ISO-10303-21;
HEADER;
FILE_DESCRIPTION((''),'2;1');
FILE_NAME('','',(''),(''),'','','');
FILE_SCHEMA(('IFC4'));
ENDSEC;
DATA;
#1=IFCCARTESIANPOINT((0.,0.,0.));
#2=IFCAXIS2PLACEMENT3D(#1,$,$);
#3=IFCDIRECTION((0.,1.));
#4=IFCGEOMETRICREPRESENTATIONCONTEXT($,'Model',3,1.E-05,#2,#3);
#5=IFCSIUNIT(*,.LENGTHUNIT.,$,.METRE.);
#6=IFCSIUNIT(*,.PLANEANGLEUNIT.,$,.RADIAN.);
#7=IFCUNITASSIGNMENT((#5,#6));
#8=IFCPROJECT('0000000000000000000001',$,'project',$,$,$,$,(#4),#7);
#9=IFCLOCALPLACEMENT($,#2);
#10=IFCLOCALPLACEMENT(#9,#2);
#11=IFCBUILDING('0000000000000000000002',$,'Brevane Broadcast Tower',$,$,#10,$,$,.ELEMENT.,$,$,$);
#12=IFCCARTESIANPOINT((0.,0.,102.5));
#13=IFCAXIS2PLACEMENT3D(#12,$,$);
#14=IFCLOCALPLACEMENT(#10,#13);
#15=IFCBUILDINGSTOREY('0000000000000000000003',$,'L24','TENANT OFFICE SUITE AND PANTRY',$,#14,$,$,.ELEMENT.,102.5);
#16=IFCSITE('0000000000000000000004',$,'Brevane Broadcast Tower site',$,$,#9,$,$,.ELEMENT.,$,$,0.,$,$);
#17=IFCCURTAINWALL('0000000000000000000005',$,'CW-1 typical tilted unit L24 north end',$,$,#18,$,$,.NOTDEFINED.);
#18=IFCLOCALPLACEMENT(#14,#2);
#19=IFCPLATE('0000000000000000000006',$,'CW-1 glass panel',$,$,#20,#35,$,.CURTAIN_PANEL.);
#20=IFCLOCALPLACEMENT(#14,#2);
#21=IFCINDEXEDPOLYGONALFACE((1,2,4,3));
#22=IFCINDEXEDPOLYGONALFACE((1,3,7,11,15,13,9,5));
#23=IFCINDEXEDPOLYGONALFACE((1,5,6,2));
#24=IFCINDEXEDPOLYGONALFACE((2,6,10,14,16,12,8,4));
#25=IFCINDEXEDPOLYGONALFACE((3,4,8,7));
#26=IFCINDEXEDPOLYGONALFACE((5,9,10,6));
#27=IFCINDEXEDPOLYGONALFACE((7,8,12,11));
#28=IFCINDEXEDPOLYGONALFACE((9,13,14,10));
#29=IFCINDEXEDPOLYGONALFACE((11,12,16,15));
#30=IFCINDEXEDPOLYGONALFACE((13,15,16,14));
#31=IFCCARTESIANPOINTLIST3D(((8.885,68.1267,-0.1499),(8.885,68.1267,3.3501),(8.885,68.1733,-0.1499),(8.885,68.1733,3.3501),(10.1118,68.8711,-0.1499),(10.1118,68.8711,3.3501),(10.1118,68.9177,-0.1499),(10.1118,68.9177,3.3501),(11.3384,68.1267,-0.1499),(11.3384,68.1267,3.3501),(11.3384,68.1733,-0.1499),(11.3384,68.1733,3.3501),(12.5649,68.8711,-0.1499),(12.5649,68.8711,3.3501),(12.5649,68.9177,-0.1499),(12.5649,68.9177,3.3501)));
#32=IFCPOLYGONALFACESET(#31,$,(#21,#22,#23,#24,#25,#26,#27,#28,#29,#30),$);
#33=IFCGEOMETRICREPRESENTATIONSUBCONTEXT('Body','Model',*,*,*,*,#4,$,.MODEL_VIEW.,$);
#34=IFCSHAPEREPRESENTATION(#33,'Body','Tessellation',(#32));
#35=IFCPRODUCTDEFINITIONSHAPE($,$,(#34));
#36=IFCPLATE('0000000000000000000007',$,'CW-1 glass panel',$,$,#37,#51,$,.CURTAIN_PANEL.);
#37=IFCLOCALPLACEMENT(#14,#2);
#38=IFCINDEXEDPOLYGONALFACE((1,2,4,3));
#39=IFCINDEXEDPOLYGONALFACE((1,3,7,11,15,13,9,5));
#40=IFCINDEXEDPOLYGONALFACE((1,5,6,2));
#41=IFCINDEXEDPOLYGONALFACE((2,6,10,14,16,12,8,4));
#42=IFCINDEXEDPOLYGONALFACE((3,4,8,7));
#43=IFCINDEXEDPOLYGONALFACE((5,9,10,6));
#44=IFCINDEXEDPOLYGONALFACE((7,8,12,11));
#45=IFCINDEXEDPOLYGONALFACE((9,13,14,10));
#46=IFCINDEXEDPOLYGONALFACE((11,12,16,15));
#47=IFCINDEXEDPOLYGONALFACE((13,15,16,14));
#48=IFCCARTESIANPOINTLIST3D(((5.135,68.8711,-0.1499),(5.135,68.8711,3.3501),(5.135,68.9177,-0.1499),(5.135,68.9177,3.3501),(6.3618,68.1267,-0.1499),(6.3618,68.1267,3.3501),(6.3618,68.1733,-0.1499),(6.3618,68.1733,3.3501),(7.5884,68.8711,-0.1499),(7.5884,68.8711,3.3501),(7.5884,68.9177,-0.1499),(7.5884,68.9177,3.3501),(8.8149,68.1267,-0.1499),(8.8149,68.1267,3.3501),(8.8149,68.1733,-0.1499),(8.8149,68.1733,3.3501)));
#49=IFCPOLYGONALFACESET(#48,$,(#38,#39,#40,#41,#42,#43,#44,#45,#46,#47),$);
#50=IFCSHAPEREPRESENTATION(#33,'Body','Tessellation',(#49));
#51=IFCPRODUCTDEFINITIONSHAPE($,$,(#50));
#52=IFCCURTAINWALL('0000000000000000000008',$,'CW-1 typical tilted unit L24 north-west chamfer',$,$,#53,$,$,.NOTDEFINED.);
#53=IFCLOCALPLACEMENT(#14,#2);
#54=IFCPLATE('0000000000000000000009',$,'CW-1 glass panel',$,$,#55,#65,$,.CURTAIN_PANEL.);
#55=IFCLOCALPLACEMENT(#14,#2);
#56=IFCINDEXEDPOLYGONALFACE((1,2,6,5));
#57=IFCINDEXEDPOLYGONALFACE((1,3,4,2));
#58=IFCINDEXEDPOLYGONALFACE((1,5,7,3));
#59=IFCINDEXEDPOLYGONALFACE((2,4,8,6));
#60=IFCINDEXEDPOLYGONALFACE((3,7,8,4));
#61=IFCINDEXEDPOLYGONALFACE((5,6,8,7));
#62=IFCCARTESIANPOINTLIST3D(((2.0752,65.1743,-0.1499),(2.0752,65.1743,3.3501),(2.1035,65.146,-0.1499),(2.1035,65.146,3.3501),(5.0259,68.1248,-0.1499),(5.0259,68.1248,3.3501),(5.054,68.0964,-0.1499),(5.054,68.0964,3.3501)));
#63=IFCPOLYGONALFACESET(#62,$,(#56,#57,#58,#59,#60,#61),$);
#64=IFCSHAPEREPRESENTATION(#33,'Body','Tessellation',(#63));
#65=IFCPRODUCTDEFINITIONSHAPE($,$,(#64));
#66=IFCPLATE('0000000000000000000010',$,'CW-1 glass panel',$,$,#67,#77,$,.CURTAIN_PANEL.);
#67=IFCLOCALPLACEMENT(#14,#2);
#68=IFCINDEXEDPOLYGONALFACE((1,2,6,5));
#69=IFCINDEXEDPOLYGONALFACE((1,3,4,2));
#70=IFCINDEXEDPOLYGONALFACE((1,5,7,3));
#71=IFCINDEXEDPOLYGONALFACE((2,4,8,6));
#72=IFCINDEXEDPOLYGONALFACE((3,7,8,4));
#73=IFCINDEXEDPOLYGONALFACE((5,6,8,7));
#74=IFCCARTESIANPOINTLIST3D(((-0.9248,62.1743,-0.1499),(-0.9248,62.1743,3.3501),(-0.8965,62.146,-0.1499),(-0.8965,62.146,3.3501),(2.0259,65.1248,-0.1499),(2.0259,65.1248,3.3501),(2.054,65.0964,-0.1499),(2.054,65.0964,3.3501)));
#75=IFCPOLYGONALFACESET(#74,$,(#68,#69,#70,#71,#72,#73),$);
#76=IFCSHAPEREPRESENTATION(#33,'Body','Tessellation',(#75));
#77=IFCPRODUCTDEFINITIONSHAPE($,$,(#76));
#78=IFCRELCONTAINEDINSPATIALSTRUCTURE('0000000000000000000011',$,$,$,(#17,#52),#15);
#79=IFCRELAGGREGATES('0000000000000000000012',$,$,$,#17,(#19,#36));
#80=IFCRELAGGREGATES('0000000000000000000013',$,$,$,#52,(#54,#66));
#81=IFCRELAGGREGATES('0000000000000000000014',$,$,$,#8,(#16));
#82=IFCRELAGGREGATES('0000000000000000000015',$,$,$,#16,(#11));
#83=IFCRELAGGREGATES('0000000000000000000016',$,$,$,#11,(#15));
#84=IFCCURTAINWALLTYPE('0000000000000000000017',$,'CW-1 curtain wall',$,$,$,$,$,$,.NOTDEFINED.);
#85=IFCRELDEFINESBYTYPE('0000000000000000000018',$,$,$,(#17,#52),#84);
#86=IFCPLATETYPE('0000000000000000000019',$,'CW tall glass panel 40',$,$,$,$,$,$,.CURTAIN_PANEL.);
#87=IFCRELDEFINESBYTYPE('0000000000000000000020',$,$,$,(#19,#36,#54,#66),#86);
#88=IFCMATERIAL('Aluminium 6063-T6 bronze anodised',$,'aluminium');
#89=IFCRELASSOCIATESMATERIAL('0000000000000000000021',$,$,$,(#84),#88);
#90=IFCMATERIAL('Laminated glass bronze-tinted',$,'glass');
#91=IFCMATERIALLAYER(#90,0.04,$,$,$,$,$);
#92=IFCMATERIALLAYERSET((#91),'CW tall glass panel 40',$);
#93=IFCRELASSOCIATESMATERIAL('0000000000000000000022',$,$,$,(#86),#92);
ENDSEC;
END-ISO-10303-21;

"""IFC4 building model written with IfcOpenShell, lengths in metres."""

from ifc_helpers import new_model, si_unit, direction, frame, origin, place, context, subcontext, project, spatial, polyline, outline, extrude, material, layer, layer_set, type_object, element, aggregate, save


model = new_model("IFC4")

# Units and contexts
model_context = context("Model", 3, precision=1e-05, world=origin(), true_north=direction((0.0, 1.0)))
body_context = subcontext(model_context, "Body", "Model", "MODEL_VIEW")
ifc_project = project(units=[si_unit("LENGTHUNIT", "METRE"), si_unit("PLANEANGLEUNIT", "RADIAN")], contexts=[model_context])

# Site, building, storey
site_placement = place(None, origin())
site = spatial("IfcSite", under=ifc_project, at=site_placement, Name="Brevane Broadcast Tower site", CompositionType="ELEMENT", RefElevation=0.0)
building_placement = place(site_placement, origin())
building = spatial("IfcBuilding", under=site, at=building_placement, Name="Brevane Broadcast Tower", CompositionType="ELEMENT")
storey_placement = place(building_placement, frame((0.0, 0.0, 102.5)))
storey = spatial("IfcBuildingStorey", under=building, at=storey_placement, Name="L24", Description="TENANT OFFICE SUITE AND PANTRY", CompositionType="ELEMENT", Elevation=102.5)

# Shared definitions
ifc_material_1 = material(Name="Aluminium 6063-T6 bronze anodised", Category="aluminium")
curtain_wall_type = type_object("IfcCurtainWallType", Name="CW-1 curtain wall", PredefinedType="NOTDEFINED", material=ifc_material_1)

# Curtain walls, plates
ifc_material_2 = material(Name="Laminated glass bronze-tinted", Category="glass")
ifc_layer = layer(ifc_material_2, 0.04)
ifc_layer_set = layer_set([ifc_layer], Name="CW tall glass panel 40")
plate_type = type_object("IfcPlateType", Name="CW tall glass panel 40", PredefinedType="CURTAIN_PANEL", material=ifc_layer_set)
curtain_wall_1_placement = place(storey_placement, origin())
curtain_wall_1 = element("IfcCurtainWall", 1, at=curtain_wall_1_placement, inside=storey, type_object=curtain_wall_type, Name="CW-1 typical tilted unit L24 north end", PredefinedType="NOTDEFINED")
plate_1_placement = place(storey_placement, frame((0.0, 0.0, -0.1499)))
plate_1 = element("IfcPlate", 2, at=plate_1_placement, type_object=plate_type, Name="CW-1 glass panel", PredefinedType="CURTAIN_PANEL", context=body_context, shape_type="SweptSolid", body=[
    extrude(outline(polyline([(12.5649, 68.8711), (12.5649, 68.9177), (11.3384, 68.1733), (10.1118, 68.9177), (8.885, 68.1733), (8.885, 68.1267), (10.1118, 68.8711), (11.3384, 68.1267), (12.5649, 68.8711)])), origin(), (0.0, 0.0, 1.0), 3.5),
])
plate_2_placement = place(storey_placement, frame((0.0, 0.0, -0.1499)))
plate_2 = element("IfcPlate", 3, at=plate_2_placement, type_object=plate_type, Name="CW-1 glass panel", PredefinedType="CURTAIN_PANEL", context=body_context, shape_type="SweptSolid", body=[
    extrude(outline(polyline([(8.8149, 68.1267), (8.8149, 68.1733), (7.5884, 68.9177), (6.3618, 68.1733), (5.135, 68.9177), (5.135, 68.8711), (6.3618, 68.1267), (7.5884, 68.8711), (8.8149, 68.1267)])), origin(), (0.0, 0.0, 1.0), 3.5),
])
aggregate(curtain_wall_1, [plate_1, plate_2])
curtain_wall_2_placement = place(storey_placement, origin())
curtain_wall_2 = element("IfcCurtainWall", 4, at=curtain_wall_2_placement, inside=storey, type_object=curtain_wall_type, Name="CW-1 typical tilted unit L24 north-west chamfer", PredefinedType="NOTDEFINED")
plate_3_placement = place(storey_placement, frame((0.0, 0.0, -0.1499)))
plate_3 = element("IfcPlate", 5, at=plate_3_placement, type_object=plate_type, Name="CW-1 glass panel", PredefinedType="CURTAIN_PANEL", context=body_context, shape_type="SweptSolid", body=[
    extrude(outline(polyline([(5.054, 68.0964), (2.1035, 65.146), (2.0752, 65.1743), (5.0259, 68.1248), (5.054, 68.0964)])), origin(), (0.0, 0.0, 1.0), 3.5),
])
plate_4_placement = place(storey_placement, frame((0.0, 0.0, -0.1499)))
plate_4 = element("IfcPlate", 6, at=plate_4_placement, type_object=plate_type, Name="CW-1 glass panel", PredefinedType="CURTAIN_PANEL", context=body_context, shape_type="SweptSolid", body=[
    extrude(outline(polyline([(2.054, 65.0964), (-0.8965, 62.146), (-0.9248, 62.1743), (2.0259, 65.1248), (2.054, 65.0964)])), origin(), (0.0, 0.0, 1.0), 3.5),
])
aggregate(curtain_wall_2, [plate_3, plate_4])

save(model, "model.ifc")
